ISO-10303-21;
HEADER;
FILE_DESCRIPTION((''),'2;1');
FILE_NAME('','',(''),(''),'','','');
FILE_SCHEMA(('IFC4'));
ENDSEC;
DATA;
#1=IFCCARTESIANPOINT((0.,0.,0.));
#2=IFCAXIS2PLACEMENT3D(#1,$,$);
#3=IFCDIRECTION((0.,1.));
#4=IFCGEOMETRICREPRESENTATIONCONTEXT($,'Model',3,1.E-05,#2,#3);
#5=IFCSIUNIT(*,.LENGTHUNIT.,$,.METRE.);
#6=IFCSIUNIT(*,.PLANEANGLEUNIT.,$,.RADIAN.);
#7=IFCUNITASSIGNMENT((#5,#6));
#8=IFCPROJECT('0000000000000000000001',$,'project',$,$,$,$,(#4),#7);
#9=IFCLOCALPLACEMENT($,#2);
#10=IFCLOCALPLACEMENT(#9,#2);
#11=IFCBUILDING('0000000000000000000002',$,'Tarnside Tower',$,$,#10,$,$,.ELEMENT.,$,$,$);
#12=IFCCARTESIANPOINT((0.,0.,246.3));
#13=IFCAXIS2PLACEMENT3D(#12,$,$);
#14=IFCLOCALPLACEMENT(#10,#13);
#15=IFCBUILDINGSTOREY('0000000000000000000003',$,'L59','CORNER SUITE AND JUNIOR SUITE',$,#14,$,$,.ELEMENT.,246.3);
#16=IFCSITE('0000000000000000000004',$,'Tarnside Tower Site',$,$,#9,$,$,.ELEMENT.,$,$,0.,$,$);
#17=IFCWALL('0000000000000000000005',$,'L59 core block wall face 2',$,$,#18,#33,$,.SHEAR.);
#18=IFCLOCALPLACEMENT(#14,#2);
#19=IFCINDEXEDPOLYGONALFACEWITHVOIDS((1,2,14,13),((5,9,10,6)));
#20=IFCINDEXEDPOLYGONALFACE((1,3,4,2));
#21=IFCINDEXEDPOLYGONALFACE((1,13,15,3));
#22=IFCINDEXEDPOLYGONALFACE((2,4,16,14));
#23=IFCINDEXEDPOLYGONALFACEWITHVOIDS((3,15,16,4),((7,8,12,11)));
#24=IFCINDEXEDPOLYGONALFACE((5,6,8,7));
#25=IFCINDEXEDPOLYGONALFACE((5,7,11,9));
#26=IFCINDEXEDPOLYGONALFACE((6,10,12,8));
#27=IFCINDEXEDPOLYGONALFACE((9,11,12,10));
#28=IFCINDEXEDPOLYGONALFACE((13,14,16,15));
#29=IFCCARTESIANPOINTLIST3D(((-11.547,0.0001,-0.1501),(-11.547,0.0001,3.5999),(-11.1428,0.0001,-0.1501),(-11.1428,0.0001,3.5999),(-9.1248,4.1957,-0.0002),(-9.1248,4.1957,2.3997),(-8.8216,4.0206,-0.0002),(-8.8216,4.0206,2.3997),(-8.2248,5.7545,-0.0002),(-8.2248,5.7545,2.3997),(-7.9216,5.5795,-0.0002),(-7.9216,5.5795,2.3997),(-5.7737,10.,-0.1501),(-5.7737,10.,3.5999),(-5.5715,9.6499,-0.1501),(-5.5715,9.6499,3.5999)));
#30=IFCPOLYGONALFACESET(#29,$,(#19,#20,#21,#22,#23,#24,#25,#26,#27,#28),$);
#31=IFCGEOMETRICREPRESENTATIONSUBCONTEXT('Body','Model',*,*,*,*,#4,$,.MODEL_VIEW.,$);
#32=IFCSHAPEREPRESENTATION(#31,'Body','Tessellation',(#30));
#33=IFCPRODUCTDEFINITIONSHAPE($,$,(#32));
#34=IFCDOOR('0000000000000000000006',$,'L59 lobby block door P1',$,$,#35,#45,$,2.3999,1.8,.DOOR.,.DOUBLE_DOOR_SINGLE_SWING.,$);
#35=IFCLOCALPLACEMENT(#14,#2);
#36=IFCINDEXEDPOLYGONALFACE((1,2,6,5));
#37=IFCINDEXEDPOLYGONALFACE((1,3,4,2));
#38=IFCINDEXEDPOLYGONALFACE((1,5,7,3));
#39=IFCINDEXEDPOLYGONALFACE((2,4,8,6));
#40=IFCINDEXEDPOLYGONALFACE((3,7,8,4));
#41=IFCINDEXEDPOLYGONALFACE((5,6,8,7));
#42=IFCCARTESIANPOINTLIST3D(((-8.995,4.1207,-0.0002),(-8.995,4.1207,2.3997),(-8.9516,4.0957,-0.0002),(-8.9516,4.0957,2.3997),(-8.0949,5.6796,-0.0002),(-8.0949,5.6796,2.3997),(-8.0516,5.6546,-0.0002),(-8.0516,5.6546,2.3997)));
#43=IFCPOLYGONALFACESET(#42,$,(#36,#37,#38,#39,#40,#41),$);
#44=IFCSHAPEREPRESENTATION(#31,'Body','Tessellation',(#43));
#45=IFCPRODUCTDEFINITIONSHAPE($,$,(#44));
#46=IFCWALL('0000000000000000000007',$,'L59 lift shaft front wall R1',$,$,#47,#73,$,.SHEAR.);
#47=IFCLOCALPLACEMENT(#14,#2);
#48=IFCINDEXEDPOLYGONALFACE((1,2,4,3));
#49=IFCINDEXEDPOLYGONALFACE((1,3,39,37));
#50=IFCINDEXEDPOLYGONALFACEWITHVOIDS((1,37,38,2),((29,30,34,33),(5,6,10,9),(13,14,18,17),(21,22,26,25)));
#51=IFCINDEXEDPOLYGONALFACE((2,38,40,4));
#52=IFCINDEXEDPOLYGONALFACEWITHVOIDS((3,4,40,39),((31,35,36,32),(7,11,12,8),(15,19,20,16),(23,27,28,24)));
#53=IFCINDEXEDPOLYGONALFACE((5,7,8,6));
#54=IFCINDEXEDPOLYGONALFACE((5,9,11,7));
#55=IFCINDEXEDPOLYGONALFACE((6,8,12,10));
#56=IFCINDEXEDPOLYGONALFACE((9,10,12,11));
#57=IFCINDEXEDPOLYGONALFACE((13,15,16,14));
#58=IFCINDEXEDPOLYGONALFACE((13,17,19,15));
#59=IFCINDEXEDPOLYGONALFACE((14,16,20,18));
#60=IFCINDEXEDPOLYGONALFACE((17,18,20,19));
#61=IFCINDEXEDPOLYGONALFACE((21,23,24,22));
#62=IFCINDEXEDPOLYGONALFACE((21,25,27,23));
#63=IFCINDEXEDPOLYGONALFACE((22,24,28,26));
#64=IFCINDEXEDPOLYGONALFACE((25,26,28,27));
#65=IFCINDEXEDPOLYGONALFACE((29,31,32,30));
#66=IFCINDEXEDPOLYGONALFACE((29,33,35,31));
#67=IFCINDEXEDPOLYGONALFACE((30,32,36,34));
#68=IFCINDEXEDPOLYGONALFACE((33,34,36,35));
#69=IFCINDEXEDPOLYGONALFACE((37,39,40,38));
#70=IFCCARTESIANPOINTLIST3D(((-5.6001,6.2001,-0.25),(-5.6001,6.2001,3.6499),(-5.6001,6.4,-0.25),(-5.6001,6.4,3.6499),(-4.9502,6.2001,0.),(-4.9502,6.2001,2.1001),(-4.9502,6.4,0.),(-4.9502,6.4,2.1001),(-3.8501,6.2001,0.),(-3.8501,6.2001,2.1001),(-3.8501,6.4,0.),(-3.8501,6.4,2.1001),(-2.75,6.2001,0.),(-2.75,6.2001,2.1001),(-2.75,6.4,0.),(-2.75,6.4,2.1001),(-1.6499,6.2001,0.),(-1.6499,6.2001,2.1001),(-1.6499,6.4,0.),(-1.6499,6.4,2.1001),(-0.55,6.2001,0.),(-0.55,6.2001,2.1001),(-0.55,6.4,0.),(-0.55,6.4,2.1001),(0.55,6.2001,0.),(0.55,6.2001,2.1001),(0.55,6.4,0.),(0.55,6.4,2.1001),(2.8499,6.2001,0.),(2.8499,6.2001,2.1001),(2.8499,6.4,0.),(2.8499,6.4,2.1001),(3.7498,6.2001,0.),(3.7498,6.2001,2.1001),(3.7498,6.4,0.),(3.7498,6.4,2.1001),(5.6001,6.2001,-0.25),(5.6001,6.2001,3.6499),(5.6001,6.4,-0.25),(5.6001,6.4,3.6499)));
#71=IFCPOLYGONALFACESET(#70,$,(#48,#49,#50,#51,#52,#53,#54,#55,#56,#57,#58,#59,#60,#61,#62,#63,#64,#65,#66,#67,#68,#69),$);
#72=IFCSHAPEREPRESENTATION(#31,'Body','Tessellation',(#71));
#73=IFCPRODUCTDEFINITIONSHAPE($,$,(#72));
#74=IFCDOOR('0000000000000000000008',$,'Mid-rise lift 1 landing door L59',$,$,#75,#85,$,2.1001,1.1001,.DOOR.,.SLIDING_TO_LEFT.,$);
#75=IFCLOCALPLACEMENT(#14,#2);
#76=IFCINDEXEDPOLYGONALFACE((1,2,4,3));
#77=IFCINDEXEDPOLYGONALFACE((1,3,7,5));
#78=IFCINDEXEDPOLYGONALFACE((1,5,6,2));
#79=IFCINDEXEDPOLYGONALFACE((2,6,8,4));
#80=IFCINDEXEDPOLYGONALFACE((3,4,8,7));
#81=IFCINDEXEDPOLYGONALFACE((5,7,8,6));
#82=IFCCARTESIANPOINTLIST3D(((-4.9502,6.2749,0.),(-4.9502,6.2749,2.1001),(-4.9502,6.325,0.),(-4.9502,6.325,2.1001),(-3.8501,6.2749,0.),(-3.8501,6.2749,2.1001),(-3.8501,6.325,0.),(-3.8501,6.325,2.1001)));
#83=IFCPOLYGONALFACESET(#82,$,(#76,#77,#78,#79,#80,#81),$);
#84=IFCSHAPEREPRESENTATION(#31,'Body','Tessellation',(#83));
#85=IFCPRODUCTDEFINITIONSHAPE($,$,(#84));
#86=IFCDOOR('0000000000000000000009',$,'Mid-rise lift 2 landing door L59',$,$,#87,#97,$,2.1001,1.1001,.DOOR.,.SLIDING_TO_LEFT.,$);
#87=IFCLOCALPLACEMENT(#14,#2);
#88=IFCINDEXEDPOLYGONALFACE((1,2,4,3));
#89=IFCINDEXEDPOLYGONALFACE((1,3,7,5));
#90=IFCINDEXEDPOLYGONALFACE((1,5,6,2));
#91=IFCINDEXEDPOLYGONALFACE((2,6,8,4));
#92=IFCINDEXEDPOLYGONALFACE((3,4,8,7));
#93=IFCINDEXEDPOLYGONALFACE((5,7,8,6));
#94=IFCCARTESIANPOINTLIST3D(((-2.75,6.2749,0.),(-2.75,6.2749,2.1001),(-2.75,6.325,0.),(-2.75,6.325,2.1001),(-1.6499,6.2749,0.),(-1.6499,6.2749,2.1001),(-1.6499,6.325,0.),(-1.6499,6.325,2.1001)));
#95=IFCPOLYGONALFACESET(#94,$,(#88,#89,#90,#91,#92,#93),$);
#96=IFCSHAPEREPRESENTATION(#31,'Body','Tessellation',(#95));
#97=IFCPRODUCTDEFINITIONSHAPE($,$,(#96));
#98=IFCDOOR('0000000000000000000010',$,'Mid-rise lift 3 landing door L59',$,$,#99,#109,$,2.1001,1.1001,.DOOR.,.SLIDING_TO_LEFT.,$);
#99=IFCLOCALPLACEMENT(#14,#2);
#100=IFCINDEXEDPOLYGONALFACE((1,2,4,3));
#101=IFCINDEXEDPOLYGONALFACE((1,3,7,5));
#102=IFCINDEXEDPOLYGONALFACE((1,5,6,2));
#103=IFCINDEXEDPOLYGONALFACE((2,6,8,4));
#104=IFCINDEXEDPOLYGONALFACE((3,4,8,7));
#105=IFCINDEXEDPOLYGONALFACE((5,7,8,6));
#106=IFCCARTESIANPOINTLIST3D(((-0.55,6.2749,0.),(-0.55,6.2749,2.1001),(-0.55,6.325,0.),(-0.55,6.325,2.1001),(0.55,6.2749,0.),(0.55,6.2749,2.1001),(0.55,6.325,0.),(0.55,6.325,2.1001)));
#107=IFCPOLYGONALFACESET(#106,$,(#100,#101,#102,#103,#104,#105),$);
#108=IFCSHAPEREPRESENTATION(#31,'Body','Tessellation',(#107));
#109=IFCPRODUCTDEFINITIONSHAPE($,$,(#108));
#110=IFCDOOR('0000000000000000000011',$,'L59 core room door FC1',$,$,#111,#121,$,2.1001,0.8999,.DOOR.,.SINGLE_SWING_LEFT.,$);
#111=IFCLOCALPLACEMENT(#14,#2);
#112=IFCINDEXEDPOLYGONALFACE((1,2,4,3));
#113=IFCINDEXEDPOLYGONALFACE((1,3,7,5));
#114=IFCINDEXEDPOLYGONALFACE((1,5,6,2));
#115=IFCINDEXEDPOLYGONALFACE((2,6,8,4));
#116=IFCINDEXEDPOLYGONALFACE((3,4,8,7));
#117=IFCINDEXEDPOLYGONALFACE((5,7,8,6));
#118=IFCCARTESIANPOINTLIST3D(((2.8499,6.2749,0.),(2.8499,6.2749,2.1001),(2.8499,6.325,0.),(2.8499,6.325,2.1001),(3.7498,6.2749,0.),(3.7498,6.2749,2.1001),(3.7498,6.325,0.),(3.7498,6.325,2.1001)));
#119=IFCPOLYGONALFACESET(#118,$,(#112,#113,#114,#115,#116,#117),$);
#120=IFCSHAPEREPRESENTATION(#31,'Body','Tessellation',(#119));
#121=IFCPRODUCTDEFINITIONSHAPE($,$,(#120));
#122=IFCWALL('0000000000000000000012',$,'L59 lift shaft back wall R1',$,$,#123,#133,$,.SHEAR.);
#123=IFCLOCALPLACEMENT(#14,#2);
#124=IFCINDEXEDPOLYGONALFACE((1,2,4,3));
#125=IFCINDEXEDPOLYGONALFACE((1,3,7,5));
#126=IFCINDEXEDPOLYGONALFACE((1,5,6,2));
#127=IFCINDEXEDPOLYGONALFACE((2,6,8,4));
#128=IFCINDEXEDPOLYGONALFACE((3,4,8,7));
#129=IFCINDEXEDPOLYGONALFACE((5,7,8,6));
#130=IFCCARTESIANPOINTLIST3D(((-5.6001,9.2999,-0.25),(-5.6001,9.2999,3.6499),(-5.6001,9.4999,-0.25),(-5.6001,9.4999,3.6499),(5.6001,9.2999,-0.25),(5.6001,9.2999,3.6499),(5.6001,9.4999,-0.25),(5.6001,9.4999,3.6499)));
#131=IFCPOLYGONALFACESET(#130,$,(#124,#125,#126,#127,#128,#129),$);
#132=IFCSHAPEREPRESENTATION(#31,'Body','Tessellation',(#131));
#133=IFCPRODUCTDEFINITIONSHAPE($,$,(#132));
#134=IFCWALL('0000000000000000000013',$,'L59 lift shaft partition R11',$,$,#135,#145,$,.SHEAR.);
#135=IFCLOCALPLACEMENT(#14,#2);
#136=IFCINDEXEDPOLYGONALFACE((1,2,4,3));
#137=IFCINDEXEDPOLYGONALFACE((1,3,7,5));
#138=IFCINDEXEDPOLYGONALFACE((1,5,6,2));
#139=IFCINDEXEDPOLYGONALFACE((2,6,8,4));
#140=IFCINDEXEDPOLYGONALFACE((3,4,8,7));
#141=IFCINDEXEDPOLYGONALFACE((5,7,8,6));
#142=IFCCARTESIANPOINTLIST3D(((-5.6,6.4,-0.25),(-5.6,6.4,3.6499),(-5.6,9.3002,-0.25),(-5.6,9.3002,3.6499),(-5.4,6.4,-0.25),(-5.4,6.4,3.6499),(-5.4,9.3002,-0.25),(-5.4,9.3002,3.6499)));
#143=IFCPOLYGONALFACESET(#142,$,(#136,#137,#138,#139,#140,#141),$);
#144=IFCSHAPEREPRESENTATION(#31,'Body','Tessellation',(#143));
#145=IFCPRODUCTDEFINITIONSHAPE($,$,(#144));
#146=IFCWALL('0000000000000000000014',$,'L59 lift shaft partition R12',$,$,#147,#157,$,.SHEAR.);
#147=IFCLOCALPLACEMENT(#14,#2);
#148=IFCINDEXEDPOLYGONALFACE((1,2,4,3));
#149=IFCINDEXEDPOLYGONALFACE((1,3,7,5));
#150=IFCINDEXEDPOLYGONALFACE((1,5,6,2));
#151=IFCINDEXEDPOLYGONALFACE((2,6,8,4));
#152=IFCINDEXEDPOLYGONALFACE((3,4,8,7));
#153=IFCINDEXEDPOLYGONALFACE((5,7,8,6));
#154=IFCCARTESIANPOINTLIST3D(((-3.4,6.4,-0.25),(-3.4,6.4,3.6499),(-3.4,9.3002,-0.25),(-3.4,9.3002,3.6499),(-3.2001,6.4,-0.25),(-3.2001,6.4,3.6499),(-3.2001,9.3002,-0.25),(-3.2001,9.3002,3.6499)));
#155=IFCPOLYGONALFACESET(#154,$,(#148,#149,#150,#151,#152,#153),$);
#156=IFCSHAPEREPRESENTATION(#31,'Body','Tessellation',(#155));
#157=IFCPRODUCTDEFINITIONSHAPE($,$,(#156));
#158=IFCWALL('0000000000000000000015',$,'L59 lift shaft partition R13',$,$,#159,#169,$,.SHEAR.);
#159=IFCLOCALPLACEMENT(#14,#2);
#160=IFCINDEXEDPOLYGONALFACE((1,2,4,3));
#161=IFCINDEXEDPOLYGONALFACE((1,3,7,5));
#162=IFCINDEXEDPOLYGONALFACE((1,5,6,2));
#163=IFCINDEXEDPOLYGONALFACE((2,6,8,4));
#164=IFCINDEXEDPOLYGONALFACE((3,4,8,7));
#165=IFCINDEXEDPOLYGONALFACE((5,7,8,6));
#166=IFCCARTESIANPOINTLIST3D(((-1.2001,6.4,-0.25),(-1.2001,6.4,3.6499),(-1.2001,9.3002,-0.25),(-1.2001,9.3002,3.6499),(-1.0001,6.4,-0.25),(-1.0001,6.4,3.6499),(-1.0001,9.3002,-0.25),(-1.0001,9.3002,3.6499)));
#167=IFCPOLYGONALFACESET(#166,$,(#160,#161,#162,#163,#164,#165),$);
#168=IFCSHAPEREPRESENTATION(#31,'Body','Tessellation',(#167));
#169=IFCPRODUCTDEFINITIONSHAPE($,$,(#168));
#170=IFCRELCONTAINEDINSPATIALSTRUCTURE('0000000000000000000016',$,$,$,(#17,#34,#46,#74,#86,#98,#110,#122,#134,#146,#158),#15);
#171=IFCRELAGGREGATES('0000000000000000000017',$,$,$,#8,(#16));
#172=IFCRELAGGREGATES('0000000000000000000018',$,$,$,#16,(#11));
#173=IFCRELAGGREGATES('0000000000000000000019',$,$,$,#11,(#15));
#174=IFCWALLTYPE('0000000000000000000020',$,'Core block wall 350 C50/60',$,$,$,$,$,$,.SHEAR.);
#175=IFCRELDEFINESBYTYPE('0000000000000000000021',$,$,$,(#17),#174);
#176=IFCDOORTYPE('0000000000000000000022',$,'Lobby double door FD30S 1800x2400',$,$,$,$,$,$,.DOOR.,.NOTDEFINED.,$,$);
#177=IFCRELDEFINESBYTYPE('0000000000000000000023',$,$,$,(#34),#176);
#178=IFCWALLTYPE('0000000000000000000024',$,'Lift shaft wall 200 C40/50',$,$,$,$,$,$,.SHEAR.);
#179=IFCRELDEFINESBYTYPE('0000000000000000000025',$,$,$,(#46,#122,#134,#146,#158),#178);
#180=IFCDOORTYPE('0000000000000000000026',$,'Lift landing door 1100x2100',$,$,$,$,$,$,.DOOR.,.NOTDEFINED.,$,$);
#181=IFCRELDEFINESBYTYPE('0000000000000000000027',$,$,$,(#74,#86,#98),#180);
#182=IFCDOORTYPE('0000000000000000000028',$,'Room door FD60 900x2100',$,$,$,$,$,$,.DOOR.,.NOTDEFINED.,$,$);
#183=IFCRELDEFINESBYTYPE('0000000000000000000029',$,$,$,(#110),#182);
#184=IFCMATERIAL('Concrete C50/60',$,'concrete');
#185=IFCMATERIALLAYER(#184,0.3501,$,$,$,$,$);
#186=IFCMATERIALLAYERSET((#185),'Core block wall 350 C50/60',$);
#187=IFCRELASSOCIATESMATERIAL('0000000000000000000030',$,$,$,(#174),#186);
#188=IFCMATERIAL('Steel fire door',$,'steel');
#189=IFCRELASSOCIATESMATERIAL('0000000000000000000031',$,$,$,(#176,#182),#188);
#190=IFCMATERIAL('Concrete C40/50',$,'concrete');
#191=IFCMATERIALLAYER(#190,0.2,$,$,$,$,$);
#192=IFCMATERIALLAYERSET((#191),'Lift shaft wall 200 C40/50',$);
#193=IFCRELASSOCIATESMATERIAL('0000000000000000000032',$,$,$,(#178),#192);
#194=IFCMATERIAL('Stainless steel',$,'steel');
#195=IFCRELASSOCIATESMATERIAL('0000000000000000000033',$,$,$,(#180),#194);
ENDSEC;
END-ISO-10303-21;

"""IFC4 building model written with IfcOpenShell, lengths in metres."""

from ifc_helpers import new_model, si_unit, direction, frame, frame_2d, origin, place, context, subcontext, project, spatial, polyline, rectangle, outline, extrude, material, layer, layer_set, type_object, element, fill, save


model = new_model("IFC4")

# Units and contexts
model_context = context("Model", 3, precision=1e-05, world=origin(), true_north=direction((0.0, 1.0)))
body_context = subcontext(model_context, "Body", "Model", "MODEL_VIEW")
ifc_project = project(units=[si_unit("LENGTHUNIT", "METRE"), si_unit("PLANEANGLEUNIT", "RADIAN")], contexts=[model_context])

# Site, building, storey
site_placement = place(None, origin())
site = spatial("IfcSite", under=ifc_project, at=site_placement, Name="Tarnside Tower Site", CompositionType="ELEMENT", RefElevation=0.0)
building_placement = place(site_placement, origin())
building = spatial("IfcBuilding", under=site, at=building_placement, Name="Tarnside Tower", CompositionType="ELEMENT")
storey_placement = place(building_placement, frame((0.0, 0.0, 246.3)))
storey = spatial("IfcBuildingStorey", under=building, at=storey_placement, Name="L59", Description="CORNER SUITE AND JUNIOR SUITE", CompositionType="ELEMENT", Elevation=246.3)

# Wall, opening, door
ifc_material_1 = material(Name="Concrete C50/60", Category="concrete")
ifc_layer_1 = layer(ifc_material_1, 0.3501)
ifc_layer_set_1 = layer_set([ifc_layer_1], Name="Core block wall 350 C50/60")
wall_type_1 = type_object("IfcWallType", Name="Core block wall 350 C50/60", PredefinedType="SHEAR", material=ifc_layer_set_1)
wall_1_placement = place(storey_placement, frame((-5.6726, 9.825, -0.1501), z_axis=(0.0, 0.0, 1.0), x_axis=(-0.499995, -0.866028, 0.0)))
wall_1 = element("IfcWall", 1, at=wall_1_placement, inside=storey, type_object=wall_type_1, Name="L59 core block wall face 2", PredefinedType="SHEAR", context=body_context, shape_type="SweptSolid", body=[
    extrude(outline(polyline([(-0.1011, -0.175), (11.4458, -0.175), (11.2437, 0.175), (0.1011, 0.175), (-0.1011, -0.175)])), origin(), (0.0, 0.0, 1.0), 3.75),
])
opening_1_placement = place(wall_1_placement, frame((4.8013, 0.0, 0.1499)))
opening_1 = element("IfcOpeningElement", 2, at=opening_1_placement, cuts=wall_1, PredefinedType="OPENING", context=body_context, shape_type="SweptSolid", body=[
    extrude(rectangle(XDim=1.8, YDim=2.3999, at=frame_2d((0.8999, 1.2))), frame((0.0, 0.1851, 0.0), z_axis=(0.0, -1.0, 0.0), x_axis=(1.0, 0.0, 0.0)), (0.0, 0.0, 1.0), 0.3701),
])
ifc_material_2 = material(Name="Steel fire door", Category="steel")
door_type_1 = type_object("IfcDoorType", Name="Lobby double door FD30S 1800x2400", OperationType="NOTDEFINED", PredefinedType="DOOR", material=ifc_material_2)
door_1_placement = place(opening_1_placement, origin())
door_1 = element("IfcDoor", 3, at=door_1_placement, inside=storey, type_object=door_type_1, Name="L59 lobby block door P1", OperationType="DOUBLE_DOOR_SINGLE_SWING", OverallHeight=2.3999, OverallWidth=1.8, PredefinedType="DOOR", context=body_context, shape_type="SweptSolid", body=[
    extrude(rectangle(XDim=1.8, YDim=2.3999, at=frame_2d((0.8999, 1.2))), frame((0.0, 0.0249, 0.0), z_axis=(0.0, -1.0, 0.0), x_axis=(1.0, 0.0, 0.0)), (0.0, 0.0, 1.0), 0.05),
])
fill(opening_1, door_1)

# Wall, openings, doors
ifc_material_3 = material(Name="Concrete C40/50", Category="concrete")
ifc_layer_2 = layer(ifc_material_3, 0.2)
ifc_layer_set_2 = layer_set([ifc_layer_2], Name="Lift shaft wall 200 C40/50")
wall_type_2 = type_object("IfcWallType", Name="Lift shaft wall 200 C40/50", PredefinedType="SHEAR", material=ifc_layer_set_2)
wall_2_placement = place(storey_placement, frame((-5.6001, 6.3, -0.25), z_axis=(0.0, 0.0, 1.0), x_axis=(1.0, 0.0, 0.0)))
wall_2 = element("IfcWall", 4, at=wall_2_placement, inside=storey, type_object=wall_type_2, Name="L59 lift shaft front wall R1", PredefinedType="SHEAR", context=body_context, shape_type="SweptSolid", body=[
    extrude(rectangle(XDim=11.2002, YDim=0.2, at=frame_2d((5.6001, 0.0))), origin(), (0.0, 0.0, 1.0), 3.8999),
])
opening_2_placement = place(wall_2_placement, frame((8.45, 0.0, 0.25)))
opening_2 = element("IfcOpeningElement", 5, at=opening_2_placement, cuts=wall_2, PredefinedType="OPENING", context=body_context, shape_type="SweptSolid", body=[
    extrude(rectangle(XDim=0.8999, YDim=2.1001, at=frame_2d((0.45, 1.05))), frame((0.0, 0.1099, 0.0), z_axis=(0.0, -1.0, 0.0), x_axis=(1.0, 0.0, 0.0)), (0.0, 0.0, 1.0), 0.22),
])
opening_3_placement = place(wall_2_placement, frame((0.6499, 0.0, 0.25)))
opening_3 = element("IfcOpeningElement", 6, at=opening_3_placement, cuts=wall_2, PredefinedType="OPENING", context=body_context, shape_type="SweptSolid", body=[
    extrude(rectangle(XDim=1.1001, YDim=2.1001, at=frame_2d((0.55, 1.05))), frame((0.0, 0.1099, 0.0), z_axis=(0.0, -1.0, 0.0), x_axis=(1.0, 0.0, 0.0)), (0.0, 0.0, 1.0), 0.22),
])
opening_4_placement = place(wall_2_placement, frame((2.8501, 0.0, 0.25)))
opening_4 = element("IfcOpeningElement", 7, at=opening_4_placement, cuts=wall_2, PredefinedType="OPENING", context=body_context, shape_type="SweptSolid", body=[
    extrude(rectangle(XDim=1.1001, YDim=2.1001, at=frame_2d((0.55, 1.05))), frame((0.0, 0.1099, 0.0), z_axis=(0.0, -1.0, 0.0), x_axis=(1.0, 0.0, 0.0)), (0.0, 0.0, 1.0), 0.22),
])
opening_5_placement = place(wall_2_placement, frame((5.05, 0.0, 0.25)))
opening_5 = element("IfcOpeningElement", 8, at=opening_5_placement, cuts=wall_2, PredefinedType="OPENING", context=body_context, shape_type="SweptSolid", body=[
    extrude(rectangle(XDim=1.1001, YDim=2.1001, at=frame_2d((0.55, 1.05))), frame((0.0, 0.1099, 0.0), z_axis=(0.0, -1.0, 0.0), x_axis=(1.0, 0.0, 0.0)), (0.0, 0.0, 1.0), 0.22),
])
ifc_material_4 = material(Name="Stainless steel", Category="steel")
door_type_2 = type_object("IfcDoorType", Name="Lift landing door 1100x2100", OperationType="NOTDEFINED", PredefinedType="DOOR", material=ifc_material_4)
door_2_placement = place(opening_3_placement, origin())
door_2 = element("IfcDoor", 9, at=door_2_placement, inside=storey, type_object=door_type_2, Name="Mid-rise lift 1 landing door L59", OperationType="SLIDING_TO_LEFT", OverallHeight=2.1001, OverallWidth=1.1001, PredefinedType="DOOR", context=body_context, shape_type="SweptSolid", body=[
    extrude(rectangle(XDim=1.1001, YDim=2.1001, at=frame_2d((0.55, 1.05))), frame((0.0, 0.0249, 0.0), z_axis=(0.0, -1.0, 0.0), x_axis=(1.0, 0.0, 0.0)), (0.0, 0.0, 1.0), 0.05),
])
fill(opening_3, door_2)
door_3_placement = place(opening_4_placement, origin())
door_3 = element("IfcDoor", 10, at=door_3_placement, inside=storey, type_object=door_type_2, Name="Mid-rise lift 2 landing door L59", OperationType="SLIDING_TO_LEFT", OverallHeight=2.1001, OverallWidth=1.1001, PredefinedType="DOOR", context=body_context, shape_type="SweptSolid", body=[
    extrude(rectangle(XDim=1.1001, YDim=2.1001, at=frame_2d((0.55, 1.05))), frame((0.0, 0.0249, 0.0), z_axis=(0.0, -1.0, 0.0), x_axis=(1.0, 0.0, 0.0)), (0.0, 0.0, 1.0), 0.05),
])
fill(opening_4, door_3)
door_4_placement = place(opening_5_placement, origin())
door_4 = element("IfcDoor", 11, at=door_4_placement, inside=storey, type_object=door_type_2, Name="Mid-rise lift 3 landing door L59", OperationType="SLIDING_TO_LEFT", OverallHeight=2.1001, OverallWidth=1.1001, PredefinedType="DOOR", context=body_context, shape_type="SweptSolid", body=[
    extrude(rectangle(XDim=1.1001, YDim=2.1001, at=frame_2d((0.55, 1.05))), frame((0.0, 0.0249, 0.0), z_axis=(0.0, -1.0, 0.0), x_axis=(1.0, 0.0, 0.0)), (0.0, 0.0, 1.0), 0.05),
])
fill(opening_5, door_4)
door_type_3 = type_object("IfcDoorType", Name="Room door FD60 900x2100", OperationType="NOTDEFINED", PredefinedType="DOOR", material=ifc_material_2)
door_5_placement = place(opening_2_placement, origin())
door_5 = element("IfcDoor", 12, at=door_5_placement, inside=storey, type_object=door_type_3, Name="L59 core room door FC1", OperationType="SINGLE_SWING_LEFT", OverallHeight=2.1001, OverallWidth=0.8999, PredefinedType="DOOR", context=body_context, shape_type="SweptSolid", body=[
    extrude(rectangle(XDim=0.8999, YDim=2.1001, at=frame_2d((0.45, 1.05))), frame((0.0, 0.0249, 0.0), z_axis=(0.0, -1.0, 0.0), x_axis=(1.0, 0.0, 0.0)), (0.0, 0.0, 1.0), 0.05),
])
fill(opening_2, door_5)

# Walls
wall_3_placement = place(storey_placement, frame((-5.6001, 9.3999, -0.25), z_axis=(0.0, 0.0, 1.0), x_axis=(1.0, 0.0, 0.0)))
element("IfcWall", 13, at=wall_3_placement, inside=storey, type_object=wall_type_2, Name="L59 lift shaft back wall R1", PredefinedType="SHEAR", context=body_context, shape_type="SweptSolid", body=[
    extrude(rectangle(XDim=11.2002, YDim=0.2, at=frame_2d((5.6001, 0.0))), origin(), (0.0, 0.0, 1.0), 3.8999),
])
for number, where, z_axis, x_axis, name in (
    (14, (-5.5, 6.3999, -0.25), (0.0, 0.0, 1.0), (0.0, 1.0, 0.0), "L59 lift shaft partition R11"),
    (15, (-3.3, 6.3999, -0.25), (0.0, 0.0, 1.0), (0.0, 1.0, 0.0), "L59 lift shaft partition R12"),
    (16, (-1.1001, 6.3999, -0.25), (0.0, 0.0, 1.0), (0.0, 1.0, 0.0), "L59 lift shaft partition R13"),
):
    element("IfcWall", number, at=place(storey_placement, frame(where, z_axis=z_axis, x_axis=x_axis)), inside=storey, type_object=wall_type_2, Name=name, PredefinedType="SHEAR", context=body_context, shape_type="SweptSolid", body=[
        extrude(rectangle(XDim=2.9001, YDim=0.2, at=frame_2d((1.4502, 0.0))), origin(), (0.0, 0.0, 1.0), 3.8999),
    ])

save(model, "model.ifc")
